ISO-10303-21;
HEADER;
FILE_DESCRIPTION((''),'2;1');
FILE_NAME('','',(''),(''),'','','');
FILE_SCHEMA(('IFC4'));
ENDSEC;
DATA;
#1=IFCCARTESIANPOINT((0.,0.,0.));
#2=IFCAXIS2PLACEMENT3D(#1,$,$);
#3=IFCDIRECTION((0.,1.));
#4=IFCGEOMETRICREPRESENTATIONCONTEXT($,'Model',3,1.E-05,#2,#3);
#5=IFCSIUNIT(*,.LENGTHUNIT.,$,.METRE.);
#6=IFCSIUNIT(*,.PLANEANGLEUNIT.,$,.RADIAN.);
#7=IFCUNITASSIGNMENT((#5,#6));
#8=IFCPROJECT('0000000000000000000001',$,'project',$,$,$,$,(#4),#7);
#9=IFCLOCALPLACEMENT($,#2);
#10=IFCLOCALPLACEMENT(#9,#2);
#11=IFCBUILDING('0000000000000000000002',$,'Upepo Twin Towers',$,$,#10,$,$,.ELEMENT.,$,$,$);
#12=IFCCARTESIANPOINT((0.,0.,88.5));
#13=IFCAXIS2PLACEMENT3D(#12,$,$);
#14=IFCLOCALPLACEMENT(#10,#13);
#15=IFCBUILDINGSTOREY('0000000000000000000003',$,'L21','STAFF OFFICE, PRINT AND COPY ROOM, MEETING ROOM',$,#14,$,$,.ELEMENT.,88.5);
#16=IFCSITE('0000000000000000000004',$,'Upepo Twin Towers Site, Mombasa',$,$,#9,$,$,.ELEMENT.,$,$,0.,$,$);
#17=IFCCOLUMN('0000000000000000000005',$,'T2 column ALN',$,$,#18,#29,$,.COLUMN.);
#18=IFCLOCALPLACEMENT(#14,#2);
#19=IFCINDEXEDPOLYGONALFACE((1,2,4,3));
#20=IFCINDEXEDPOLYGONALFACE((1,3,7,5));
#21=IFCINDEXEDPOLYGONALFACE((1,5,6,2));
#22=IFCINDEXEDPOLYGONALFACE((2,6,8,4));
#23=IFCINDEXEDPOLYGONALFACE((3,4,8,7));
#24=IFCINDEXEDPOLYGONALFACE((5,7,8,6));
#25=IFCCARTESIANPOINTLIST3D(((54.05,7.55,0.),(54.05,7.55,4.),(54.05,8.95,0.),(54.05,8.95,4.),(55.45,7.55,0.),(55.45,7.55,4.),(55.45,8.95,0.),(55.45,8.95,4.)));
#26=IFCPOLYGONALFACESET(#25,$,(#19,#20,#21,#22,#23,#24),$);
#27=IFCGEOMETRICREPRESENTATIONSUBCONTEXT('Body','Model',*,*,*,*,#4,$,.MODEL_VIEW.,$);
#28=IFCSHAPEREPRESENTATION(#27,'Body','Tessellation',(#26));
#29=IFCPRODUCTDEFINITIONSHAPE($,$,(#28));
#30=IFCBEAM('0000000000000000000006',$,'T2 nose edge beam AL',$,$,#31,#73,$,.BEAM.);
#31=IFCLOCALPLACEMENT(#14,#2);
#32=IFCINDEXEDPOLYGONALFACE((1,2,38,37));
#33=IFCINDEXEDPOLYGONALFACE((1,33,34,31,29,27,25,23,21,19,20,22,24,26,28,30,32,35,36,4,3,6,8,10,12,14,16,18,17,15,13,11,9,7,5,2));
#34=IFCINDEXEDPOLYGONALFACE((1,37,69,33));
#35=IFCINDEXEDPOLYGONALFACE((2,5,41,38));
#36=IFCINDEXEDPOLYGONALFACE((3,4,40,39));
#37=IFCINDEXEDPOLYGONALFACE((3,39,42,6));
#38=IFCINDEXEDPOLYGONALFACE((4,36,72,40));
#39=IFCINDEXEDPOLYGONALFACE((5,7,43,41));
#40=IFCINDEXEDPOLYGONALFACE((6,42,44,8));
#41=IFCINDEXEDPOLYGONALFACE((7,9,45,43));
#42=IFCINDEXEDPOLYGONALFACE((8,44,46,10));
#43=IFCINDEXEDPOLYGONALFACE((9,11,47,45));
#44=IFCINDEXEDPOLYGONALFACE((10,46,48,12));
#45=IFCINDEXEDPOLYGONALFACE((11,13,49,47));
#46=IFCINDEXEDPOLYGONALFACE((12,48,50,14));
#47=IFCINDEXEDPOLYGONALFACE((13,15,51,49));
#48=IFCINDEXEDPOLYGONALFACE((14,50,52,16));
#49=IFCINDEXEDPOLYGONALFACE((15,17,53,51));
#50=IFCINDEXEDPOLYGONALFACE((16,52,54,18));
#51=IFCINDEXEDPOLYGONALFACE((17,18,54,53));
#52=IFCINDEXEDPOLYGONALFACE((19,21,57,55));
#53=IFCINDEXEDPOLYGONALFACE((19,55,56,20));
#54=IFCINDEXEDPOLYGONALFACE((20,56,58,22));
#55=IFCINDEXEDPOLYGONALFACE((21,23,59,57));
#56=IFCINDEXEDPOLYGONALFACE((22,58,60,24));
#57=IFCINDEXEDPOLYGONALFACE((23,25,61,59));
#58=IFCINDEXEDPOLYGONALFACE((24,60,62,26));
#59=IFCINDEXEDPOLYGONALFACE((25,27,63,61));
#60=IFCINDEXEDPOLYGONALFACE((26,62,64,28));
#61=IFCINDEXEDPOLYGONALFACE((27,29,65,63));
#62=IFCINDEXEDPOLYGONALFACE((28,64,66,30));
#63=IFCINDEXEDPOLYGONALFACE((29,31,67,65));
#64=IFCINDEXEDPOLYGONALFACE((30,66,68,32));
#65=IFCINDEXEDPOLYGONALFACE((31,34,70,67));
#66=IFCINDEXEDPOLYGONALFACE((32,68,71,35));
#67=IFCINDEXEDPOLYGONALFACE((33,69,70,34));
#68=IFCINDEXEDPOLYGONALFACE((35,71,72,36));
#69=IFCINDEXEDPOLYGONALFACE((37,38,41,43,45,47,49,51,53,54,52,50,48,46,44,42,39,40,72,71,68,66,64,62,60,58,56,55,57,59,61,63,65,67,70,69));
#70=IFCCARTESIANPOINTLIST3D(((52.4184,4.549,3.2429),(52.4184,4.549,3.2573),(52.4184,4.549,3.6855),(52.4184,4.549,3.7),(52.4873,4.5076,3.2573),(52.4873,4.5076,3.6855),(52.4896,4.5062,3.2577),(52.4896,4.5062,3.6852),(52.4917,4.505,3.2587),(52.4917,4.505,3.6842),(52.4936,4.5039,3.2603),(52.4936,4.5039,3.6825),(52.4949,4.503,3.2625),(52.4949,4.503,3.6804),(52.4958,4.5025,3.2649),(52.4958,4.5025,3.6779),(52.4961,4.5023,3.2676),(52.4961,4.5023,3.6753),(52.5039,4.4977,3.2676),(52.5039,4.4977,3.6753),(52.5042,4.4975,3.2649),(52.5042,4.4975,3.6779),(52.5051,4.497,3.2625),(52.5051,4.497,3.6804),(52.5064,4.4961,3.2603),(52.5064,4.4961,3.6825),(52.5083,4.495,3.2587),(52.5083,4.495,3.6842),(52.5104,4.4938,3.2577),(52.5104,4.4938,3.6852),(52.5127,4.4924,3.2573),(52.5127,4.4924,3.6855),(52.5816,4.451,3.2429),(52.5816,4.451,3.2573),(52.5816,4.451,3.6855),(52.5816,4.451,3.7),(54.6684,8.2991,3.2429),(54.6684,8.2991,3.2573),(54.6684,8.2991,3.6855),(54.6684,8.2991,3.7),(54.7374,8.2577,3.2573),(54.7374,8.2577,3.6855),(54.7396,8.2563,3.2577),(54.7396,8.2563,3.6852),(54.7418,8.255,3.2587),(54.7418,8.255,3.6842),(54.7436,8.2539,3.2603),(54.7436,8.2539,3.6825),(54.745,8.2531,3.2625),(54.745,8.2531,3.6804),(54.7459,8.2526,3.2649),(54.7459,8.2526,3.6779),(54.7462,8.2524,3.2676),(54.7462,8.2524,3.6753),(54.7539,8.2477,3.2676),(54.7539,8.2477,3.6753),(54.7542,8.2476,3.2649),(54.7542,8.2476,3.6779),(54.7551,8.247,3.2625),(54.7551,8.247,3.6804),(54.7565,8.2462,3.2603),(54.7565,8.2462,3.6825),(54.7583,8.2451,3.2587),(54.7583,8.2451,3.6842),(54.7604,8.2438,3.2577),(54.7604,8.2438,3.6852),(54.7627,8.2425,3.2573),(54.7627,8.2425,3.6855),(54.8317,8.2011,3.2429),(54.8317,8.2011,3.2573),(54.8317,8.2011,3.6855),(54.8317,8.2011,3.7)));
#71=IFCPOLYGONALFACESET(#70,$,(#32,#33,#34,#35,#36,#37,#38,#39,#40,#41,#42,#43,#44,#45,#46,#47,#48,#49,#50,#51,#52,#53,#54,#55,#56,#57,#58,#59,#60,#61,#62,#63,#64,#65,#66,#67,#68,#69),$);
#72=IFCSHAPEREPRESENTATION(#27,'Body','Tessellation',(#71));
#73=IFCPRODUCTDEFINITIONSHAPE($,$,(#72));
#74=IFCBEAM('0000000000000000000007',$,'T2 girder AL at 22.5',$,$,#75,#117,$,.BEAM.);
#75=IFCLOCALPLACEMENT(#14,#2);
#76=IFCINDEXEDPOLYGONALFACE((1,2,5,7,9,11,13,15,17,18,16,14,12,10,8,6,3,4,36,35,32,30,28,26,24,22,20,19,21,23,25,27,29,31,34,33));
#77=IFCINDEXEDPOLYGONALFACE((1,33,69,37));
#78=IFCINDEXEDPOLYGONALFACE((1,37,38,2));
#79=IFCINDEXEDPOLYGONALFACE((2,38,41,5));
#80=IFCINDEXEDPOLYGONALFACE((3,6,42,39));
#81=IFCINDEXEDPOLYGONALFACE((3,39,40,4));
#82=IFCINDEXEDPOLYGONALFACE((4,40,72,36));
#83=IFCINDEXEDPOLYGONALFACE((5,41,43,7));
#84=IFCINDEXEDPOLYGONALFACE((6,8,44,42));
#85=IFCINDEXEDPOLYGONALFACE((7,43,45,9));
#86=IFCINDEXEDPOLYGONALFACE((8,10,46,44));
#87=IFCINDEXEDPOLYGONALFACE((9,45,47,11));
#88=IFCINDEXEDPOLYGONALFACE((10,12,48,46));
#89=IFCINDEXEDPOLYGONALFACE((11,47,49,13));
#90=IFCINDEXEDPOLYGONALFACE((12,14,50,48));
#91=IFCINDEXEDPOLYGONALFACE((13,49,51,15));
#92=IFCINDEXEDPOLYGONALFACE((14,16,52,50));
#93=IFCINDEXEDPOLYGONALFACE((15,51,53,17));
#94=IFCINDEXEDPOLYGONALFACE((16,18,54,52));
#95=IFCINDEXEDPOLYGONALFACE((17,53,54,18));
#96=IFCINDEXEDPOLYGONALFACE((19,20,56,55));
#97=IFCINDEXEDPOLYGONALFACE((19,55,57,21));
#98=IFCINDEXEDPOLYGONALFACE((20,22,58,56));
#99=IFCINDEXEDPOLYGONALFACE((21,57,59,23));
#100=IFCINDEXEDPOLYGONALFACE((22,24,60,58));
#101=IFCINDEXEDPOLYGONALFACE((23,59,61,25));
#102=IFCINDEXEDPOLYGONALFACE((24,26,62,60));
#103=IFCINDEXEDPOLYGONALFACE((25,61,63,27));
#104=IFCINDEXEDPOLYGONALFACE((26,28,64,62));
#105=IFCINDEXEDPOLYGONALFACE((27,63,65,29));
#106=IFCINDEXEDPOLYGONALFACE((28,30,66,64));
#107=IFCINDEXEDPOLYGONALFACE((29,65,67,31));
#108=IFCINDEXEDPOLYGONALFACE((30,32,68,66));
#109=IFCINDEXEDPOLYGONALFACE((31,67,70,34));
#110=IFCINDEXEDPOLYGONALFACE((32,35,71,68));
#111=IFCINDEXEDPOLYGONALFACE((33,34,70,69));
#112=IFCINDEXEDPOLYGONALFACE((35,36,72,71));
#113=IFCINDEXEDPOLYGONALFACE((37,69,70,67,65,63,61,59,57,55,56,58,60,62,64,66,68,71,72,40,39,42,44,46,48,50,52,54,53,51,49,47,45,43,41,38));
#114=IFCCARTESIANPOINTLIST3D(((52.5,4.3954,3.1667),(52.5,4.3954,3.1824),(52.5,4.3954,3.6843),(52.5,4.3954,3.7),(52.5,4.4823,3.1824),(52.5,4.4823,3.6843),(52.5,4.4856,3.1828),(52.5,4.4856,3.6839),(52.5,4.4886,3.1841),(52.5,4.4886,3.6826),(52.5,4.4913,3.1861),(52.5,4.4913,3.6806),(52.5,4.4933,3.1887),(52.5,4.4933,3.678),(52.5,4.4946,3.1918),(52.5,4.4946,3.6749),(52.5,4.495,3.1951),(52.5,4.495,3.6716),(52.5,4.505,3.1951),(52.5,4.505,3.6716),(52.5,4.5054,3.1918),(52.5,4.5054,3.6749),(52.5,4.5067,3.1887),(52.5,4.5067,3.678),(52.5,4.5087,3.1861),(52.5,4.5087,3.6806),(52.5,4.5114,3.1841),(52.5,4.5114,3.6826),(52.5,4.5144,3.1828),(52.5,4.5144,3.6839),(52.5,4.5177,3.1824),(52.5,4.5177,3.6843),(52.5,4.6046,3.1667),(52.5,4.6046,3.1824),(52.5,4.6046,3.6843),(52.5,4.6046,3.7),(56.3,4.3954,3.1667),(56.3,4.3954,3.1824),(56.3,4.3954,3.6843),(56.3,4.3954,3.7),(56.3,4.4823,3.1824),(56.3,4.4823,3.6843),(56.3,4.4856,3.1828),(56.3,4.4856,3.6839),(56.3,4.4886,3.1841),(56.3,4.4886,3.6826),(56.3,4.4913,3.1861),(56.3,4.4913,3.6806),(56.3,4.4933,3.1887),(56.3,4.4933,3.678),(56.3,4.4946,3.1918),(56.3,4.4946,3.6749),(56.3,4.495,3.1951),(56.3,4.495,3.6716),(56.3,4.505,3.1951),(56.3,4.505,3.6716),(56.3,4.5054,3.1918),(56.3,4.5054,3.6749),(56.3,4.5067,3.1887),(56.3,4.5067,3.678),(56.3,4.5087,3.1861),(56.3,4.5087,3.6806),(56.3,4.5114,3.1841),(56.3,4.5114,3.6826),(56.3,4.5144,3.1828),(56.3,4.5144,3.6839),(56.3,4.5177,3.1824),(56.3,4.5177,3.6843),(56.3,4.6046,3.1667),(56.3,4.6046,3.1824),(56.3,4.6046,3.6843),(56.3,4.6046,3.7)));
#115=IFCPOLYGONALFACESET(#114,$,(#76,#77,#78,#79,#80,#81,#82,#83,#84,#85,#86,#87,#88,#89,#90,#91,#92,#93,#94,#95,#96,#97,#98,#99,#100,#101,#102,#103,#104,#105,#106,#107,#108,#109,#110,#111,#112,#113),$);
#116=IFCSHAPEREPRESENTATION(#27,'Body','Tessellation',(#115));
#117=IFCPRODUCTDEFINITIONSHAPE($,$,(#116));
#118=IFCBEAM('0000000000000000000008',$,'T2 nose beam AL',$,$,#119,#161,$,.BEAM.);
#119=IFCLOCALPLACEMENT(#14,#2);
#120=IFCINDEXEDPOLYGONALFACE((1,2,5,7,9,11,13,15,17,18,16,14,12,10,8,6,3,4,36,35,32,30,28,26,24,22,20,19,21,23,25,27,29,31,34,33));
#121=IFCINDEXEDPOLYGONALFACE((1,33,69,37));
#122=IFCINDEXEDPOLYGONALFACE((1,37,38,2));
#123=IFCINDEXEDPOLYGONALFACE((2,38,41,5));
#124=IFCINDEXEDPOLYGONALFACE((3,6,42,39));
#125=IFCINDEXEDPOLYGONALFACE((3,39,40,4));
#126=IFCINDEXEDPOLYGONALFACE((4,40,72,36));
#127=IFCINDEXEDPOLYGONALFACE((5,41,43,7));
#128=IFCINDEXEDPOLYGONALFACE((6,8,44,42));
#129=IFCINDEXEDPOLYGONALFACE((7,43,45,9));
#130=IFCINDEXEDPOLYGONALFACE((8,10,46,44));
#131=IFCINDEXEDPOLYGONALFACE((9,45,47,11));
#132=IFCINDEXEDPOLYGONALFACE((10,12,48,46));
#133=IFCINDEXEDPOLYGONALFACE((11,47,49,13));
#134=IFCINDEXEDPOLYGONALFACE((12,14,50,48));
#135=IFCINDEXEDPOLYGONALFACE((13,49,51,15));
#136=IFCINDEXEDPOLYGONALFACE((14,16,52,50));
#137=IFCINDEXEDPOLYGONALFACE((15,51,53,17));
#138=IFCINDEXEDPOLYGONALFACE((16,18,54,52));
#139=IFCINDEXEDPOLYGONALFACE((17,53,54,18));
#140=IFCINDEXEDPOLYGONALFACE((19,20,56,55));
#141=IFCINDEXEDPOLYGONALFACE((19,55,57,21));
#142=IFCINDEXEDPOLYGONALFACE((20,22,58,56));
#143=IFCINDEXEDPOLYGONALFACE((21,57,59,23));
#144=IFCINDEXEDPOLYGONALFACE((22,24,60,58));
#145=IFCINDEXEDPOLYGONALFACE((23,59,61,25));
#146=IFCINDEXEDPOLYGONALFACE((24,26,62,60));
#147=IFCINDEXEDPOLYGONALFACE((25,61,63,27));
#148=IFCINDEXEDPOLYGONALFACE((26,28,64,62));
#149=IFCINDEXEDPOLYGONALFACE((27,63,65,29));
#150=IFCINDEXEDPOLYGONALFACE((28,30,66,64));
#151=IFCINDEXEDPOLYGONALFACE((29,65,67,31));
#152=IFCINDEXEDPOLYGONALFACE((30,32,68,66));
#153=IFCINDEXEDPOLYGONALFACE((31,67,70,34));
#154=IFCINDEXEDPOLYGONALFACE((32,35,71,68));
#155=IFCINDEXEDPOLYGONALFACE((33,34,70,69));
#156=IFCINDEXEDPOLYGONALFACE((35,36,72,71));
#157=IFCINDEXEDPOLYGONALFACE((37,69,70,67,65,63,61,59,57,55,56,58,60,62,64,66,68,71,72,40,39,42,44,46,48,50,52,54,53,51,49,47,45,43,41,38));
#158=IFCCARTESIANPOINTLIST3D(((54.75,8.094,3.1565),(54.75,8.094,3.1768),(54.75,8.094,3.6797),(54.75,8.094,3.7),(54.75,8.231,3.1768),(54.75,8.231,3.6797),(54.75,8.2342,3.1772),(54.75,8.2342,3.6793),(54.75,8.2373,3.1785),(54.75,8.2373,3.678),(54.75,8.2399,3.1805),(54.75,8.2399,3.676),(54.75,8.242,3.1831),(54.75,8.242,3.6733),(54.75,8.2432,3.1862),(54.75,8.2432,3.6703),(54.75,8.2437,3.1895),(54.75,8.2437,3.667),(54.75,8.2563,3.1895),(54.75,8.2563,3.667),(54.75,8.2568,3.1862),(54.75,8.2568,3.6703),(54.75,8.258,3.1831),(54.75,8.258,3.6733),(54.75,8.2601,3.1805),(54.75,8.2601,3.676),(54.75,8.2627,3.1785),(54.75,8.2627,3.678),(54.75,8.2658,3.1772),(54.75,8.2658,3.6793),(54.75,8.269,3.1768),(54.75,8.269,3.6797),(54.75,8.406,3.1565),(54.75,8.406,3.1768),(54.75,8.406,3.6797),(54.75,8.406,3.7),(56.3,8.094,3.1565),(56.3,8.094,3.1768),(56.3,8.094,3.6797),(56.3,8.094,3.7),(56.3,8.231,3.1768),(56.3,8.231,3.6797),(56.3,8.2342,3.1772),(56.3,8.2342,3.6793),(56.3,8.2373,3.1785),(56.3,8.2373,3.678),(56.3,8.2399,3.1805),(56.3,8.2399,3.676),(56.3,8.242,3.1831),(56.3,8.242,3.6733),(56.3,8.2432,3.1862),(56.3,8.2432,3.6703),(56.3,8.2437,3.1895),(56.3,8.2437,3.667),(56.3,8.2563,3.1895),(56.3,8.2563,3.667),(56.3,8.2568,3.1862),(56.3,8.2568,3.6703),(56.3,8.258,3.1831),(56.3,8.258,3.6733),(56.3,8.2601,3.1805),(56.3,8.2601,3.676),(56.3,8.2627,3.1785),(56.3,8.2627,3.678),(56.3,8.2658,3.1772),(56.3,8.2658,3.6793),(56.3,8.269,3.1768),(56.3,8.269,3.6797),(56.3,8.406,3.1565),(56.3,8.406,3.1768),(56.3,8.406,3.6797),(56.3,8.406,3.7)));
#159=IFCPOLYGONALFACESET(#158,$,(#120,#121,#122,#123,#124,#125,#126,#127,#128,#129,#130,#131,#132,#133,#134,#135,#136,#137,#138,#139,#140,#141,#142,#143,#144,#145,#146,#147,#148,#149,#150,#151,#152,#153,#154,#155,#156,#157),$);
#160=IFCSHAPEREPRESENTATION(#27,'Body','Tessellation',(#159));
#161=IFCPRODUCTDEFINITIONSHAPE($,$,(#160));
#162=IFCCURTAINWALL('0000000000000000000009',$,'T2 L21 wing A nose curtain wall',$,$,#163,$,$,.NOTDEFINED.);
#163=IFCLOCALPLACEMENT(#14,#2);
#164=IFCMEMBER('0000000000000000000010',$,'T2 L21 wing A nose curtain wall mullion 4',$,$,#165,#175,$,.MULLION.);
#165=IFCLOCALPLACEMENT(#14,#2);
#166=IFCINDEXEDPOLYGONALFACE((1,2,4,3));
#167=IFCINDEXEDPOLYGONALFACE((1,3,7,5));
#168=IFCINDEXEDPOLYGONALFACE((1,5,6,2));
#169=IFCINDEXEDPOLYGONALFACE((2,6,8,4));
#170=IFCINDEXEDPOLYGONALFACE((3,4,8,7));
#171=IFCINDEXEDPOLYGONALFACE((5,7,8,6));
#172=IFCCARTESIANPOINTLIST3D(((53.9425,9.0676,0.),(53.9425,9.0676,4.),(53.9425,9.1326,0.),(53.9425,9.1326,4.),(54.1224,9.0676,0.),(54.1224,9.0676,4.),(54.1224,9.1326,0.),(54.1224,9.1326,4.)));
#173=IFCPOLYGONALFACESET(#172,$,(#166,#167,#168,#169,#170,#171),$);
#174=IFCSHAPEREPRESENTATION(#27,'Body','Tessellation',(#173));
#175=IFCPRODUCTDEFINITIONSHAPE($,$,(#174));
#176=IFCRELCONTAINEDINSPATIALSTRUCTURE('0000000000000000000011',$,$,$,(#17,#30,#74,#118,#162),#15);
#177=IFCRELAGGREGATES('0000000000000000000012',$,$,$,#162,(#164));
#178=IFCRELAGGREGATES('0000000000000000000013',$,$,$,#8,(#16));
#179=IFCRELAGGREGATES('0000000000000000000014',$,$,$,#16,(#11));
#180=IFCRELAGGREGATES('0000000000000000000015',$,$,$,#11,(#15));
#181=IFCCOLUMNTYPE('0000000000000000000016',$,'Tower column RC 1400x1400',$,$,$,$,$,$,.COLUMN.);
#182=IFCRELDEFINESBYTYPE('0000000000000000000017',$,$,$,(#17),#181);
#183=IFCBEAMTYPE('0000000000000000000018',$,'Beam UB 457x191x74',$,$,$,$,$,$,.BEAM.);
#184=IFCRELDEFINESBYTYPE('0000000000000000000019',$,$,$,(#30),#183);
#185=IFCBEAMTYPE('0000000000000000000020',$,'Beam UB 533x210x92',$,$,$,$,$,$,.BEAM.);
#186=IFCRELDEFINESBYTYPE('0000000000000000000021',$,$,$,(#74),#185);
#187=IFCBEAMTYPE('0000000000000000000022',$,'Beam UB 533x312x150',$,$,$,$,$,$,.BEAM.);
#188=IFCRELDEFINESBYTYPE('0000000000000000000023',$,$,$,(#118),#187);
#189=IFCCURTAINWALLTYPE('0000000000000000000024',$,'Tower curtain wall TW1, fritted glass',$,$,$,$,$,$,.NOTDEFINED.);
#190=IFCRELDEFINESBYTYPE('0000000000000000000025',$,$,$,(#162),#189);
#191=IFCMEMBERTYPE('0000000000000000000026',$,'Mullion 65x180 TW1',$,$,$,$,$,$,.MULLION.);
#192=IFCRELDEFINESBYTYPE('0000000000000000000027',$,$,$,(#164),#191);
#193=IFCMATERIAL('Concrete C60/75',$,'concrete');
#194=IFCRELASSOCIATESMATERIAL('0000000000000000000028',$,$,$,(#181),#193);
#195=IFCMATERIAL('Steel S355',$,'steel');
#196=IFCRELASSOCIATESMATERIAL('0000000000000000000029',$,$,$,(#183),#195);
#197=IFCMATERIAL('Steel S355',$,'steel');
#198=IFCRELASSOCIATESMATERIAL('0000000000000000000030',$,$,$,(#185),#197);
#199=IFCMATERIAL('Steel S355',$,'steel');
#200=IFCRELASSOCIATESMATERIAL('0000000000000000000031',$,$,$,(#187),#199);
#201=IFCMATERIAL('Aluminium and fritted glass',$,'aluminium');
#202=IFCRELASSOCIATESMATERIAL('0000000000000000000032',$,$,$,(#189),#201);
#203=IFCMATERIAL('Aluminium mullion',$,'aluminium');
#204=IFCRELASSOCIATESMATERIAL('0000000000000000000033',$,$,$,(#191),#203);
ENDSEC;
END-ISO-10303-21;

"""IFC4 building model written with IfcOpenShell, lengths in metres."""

from ifc_helpers import new_model, si_unit, direction, frame, origin, origin_2d, place, context, subcontext, project, spatial, rectangle, i_section, extrude, material, material_profile, profile_set, type_object, element, aggregate, save


model = new_model("IFC4")

# Units and contexts
model_context = context("Model", 3, precision=1e-05, world=origin(), true_north=direction((0.0, 1.0)))
body_context = subcontext(model_context, "Body", "Model", "MODEL_VIEW")
ifc_project = project(units=[si_unit("LENGTHUNIT", "METRE"), si_unit("PLANEANGLEUNIT", "RADIAN")], contexts=[model_context])

# Site, building, storey
site_placement = place(None, origin())
site = spatial("IfcSite", under=ifc_project, at=site_placement, Name="Upepo Twin Towers Site, Mombasa", CompositionType="ELEMENT", RefElevation=0.0)
building_placement = place(site_placement, origin())
building = spatial("IfcBuilding", under=site, at=building_placement, Name="Upepo Twin Towers", CompositionType="ELEMENT")
storey_placement = place(building_placement, frame((0.0, 0.0, 88.5)))
storey = spatial("IfcBuildingStorey", under=building, at=storey_placement, Name="L21", Description="STAFF OFFICE, PRINT AND COPY ROOM, MEETING ROOM", CompositionType="ELEMENT", Elevation=88.5)

# Column
ifc_material_1 = material(Name="Concrete C60/75", Category="concrete")
ifc_material_profile_1 = material_profile(ifc_material_1, rectangle(XDim=1.3999, YDim=1.3999, at=origin_2d()), Name="RC 1400x1400")
ifc_profile_set_1 = profile_set([ifc_material_profile_1], Name="Concrete C60/75")
column_type = type_object("IfcColumnType", Name="Tower column RC 1400x1400", PredefinedType="COLUMN", material=ifc_profile_set_1)
column_placement = place(storey_placement, frame((54.75, 8.25, 0.0), z_axis=(0.0, 0.0, 1.0), x_axis=(1.0, 0.0, 0.0)))
element("IfcColumn", 1, at=column_placement, inside=storey, type_object=column_type, Name="T2 column ALN", PredefinedType="COLUMN", context=body_context, shape_type="SweptSolid", body=[
    extrude(rectangle(XDim=1.3999, YDim=1.3999, at=origin_2d()), origin(), (0.0, 0.0, 1.0), 4.0),
])

# Beams
ifc_material_2 = material(Name="Steel S355", Category="steel")
ifc_material_profile_2 = material_profile(ifc_material_2, i_section(OverallWidth=0.1904, OverallDepth=0.457, WebThickness=0.009, FlangeThickness=0.0144, FilletRadius=0.0103, at=origin_2d()), Name="UB 457x191x74")
ifc_profile_set_2 = profile_set([ifc_material_profile_2], Name="Steel S355")
beam_type_1 = type_object("IfcBeamType", Name="Beam UB 457x191x74", PredefinedType="BEAM", material=ifc_profile_set_2)
beam_1_placement = place(storey_placement, frame((52.5, 4.5, 3.4714), z_axis=(0.514496, 0.857493, 0.0), x_axis=(-0.857493, 0.514496, 0.0)))
element("IfcBeam", 2, at=beam_1_placement, inside=storey, type_object=beam_type_1, Name="T2 nose edge beam AL", PredefinedType="BEAM", context=body_context, shape_type="SweptSolid", body=[
    extrude(i_section(OverallWidth=0.1904, OverallDepth=0.457, WebThickness=0.009, FlangeThickness=0.0144, FilletRadius=0.0103, at=origin_2d()), origin(), (0.0, 0.0, 1.0), 4.3733),
])
ifc_material_3 = material(Name="Steel S355", Category="steel")
ifc_material_profile_3 = material_profile(ifc_material_3, i_section(OverallWidth=0.2092, OverallDepth=0.5332, WebThickness=0.01, FlangeThickness=0.0156, FilletRadius=0.0127, at=origin_2d()), Name="UB 533x210x92")
ifc_profile_set_3 = profile_set([ifc_material_profile_3], Name="Steel S355")
beam_type_2 = type_object("IfcBeamType", Name="Beam UB 533x210x92", PredefinedType="BEAM", material=ifc_profile_set_3)
beam_2_placement = place(storey_placement, frame((52.5, 4.5, 3.4333), z_axis=(1.0, 0.0, 0.0), x_axis=(0.0, 1.0, 0.0)))
element("IfcBeam", 3, at=beam_2_placement, inside=storey, type_object=beam_type_2, Name="T2 girder AL at 22.5", PredefinedType="BEAM", context=body_context, shape_type="SweptSolid", body=[
    extrude(i_section(OverallWidth=0.2092, OverallDepth=0.5332, WebThickness=0.01, FlangeThickness=0.0156, FilletRadius=0.0127, at=origin_2d()), origin(), (0.0, 0.0, 1.0), 3.8),
])
ifc_material_4 = material(Name="Steel S355", Category="steel")
ifc_material_profile_4 = material_profile(ifc_material_4, i_section(OverallWidth=0.312, OverallDepth=0.5435, WebThickness=0.0127, FlangeThickness=0.0203, FilletRadius=0.0127, at=origin_2d()), Name="UB 533x312x150")
ifc_profile_set_4 = profile_set([ifc_material_profile_4], Name="Steel S355")
beam_type_3 = type_object("IfcBeamType", Name="Beam UB 533x312x150", PredefinedType="BEAM", material=ifc_profile_set_4)
beam_3_placement = place(storey_placement, frame((54.75, 8.25, 3.4282), z_axis=(1.0, 0.0, 0.0), x_axis=(0.0, 1.0, 0.0)))
element("IfcBeam", 4, at=beam_3_placement, inside=storey, type_object=beam_type_3, Name="T2 nose beam AL", PredefinedType="BEAM", context=body_context, shape_type="SweptSolid", body=[
    extrude(i_section(OverallWidth=0.312, OverallDepth=0.5435, WebThickness=0.0127, FlangeThickness=0.0203, FilletRadius=0.0127, at=origin_2d()), origin(), (0.0, 0.0, 1.0), 1.55),
])

# Curtain wall, member
ifc_material_5 = material(Name="Aluminium and fritted glass", Category="aluminium")
curtain_wall_type = type_object("IfcCurtainWallType", Name="Tower curtain wall TW1, fritted glass", PredefinedType="NOTDEFINED", material=ifc_material_5)
curtain_wall_placement = place(storey_placement, origin())
curtain_wall = element("IfcCurtainWall", 5, at=curtain_wall_placement, inside=storey, type_object=curtain_wall_type, Name="T2 L21 wing A nose curtain wall", PredefinedType="NOTDEFINED")
ifc_material_6 = material(Name="Aluminium mullion", Category="aluminium")
ifc_material_profile_5 = material_profile(ifc_material_6, rectangle(XDim=0.0649, YDim=0.1799, at=origin_2d()), Name="MULLION 65x180")
ifc_profile_set_5 = profile_set([ifc_material_profile_5], Name="Aluminium mullion")
member_type_1 = type_object("IfcMemberType", Name="Mullion 65x180 TW1", PredefinedType="MULLION", material=ifc_profile_set_5)
member_1_placement = place(storey_placement, frame((54.0325, 9.1001, 0.0), z_axis=(0.0, 0.0, 1.0), x_axis=(0.0, -1.0, 0.0)))
member_1 = element("IfcMember", 6, at=member_1_placement, type_object=member_type_1, Name="T2 L21 wing A nose curtain wall mullion 4", PredefinedType="MULLION", context=body_context, shape_type="SweptSolid", body=[
    extrude(rectangle(XDim=0.0649, YDim=0.1799, at=origin_2d()), origin(), (0.0, 0.0, 1.0), 4.0),
])
aggregate(curtain_wall, [member_1])

save(model, "model.ifc")
